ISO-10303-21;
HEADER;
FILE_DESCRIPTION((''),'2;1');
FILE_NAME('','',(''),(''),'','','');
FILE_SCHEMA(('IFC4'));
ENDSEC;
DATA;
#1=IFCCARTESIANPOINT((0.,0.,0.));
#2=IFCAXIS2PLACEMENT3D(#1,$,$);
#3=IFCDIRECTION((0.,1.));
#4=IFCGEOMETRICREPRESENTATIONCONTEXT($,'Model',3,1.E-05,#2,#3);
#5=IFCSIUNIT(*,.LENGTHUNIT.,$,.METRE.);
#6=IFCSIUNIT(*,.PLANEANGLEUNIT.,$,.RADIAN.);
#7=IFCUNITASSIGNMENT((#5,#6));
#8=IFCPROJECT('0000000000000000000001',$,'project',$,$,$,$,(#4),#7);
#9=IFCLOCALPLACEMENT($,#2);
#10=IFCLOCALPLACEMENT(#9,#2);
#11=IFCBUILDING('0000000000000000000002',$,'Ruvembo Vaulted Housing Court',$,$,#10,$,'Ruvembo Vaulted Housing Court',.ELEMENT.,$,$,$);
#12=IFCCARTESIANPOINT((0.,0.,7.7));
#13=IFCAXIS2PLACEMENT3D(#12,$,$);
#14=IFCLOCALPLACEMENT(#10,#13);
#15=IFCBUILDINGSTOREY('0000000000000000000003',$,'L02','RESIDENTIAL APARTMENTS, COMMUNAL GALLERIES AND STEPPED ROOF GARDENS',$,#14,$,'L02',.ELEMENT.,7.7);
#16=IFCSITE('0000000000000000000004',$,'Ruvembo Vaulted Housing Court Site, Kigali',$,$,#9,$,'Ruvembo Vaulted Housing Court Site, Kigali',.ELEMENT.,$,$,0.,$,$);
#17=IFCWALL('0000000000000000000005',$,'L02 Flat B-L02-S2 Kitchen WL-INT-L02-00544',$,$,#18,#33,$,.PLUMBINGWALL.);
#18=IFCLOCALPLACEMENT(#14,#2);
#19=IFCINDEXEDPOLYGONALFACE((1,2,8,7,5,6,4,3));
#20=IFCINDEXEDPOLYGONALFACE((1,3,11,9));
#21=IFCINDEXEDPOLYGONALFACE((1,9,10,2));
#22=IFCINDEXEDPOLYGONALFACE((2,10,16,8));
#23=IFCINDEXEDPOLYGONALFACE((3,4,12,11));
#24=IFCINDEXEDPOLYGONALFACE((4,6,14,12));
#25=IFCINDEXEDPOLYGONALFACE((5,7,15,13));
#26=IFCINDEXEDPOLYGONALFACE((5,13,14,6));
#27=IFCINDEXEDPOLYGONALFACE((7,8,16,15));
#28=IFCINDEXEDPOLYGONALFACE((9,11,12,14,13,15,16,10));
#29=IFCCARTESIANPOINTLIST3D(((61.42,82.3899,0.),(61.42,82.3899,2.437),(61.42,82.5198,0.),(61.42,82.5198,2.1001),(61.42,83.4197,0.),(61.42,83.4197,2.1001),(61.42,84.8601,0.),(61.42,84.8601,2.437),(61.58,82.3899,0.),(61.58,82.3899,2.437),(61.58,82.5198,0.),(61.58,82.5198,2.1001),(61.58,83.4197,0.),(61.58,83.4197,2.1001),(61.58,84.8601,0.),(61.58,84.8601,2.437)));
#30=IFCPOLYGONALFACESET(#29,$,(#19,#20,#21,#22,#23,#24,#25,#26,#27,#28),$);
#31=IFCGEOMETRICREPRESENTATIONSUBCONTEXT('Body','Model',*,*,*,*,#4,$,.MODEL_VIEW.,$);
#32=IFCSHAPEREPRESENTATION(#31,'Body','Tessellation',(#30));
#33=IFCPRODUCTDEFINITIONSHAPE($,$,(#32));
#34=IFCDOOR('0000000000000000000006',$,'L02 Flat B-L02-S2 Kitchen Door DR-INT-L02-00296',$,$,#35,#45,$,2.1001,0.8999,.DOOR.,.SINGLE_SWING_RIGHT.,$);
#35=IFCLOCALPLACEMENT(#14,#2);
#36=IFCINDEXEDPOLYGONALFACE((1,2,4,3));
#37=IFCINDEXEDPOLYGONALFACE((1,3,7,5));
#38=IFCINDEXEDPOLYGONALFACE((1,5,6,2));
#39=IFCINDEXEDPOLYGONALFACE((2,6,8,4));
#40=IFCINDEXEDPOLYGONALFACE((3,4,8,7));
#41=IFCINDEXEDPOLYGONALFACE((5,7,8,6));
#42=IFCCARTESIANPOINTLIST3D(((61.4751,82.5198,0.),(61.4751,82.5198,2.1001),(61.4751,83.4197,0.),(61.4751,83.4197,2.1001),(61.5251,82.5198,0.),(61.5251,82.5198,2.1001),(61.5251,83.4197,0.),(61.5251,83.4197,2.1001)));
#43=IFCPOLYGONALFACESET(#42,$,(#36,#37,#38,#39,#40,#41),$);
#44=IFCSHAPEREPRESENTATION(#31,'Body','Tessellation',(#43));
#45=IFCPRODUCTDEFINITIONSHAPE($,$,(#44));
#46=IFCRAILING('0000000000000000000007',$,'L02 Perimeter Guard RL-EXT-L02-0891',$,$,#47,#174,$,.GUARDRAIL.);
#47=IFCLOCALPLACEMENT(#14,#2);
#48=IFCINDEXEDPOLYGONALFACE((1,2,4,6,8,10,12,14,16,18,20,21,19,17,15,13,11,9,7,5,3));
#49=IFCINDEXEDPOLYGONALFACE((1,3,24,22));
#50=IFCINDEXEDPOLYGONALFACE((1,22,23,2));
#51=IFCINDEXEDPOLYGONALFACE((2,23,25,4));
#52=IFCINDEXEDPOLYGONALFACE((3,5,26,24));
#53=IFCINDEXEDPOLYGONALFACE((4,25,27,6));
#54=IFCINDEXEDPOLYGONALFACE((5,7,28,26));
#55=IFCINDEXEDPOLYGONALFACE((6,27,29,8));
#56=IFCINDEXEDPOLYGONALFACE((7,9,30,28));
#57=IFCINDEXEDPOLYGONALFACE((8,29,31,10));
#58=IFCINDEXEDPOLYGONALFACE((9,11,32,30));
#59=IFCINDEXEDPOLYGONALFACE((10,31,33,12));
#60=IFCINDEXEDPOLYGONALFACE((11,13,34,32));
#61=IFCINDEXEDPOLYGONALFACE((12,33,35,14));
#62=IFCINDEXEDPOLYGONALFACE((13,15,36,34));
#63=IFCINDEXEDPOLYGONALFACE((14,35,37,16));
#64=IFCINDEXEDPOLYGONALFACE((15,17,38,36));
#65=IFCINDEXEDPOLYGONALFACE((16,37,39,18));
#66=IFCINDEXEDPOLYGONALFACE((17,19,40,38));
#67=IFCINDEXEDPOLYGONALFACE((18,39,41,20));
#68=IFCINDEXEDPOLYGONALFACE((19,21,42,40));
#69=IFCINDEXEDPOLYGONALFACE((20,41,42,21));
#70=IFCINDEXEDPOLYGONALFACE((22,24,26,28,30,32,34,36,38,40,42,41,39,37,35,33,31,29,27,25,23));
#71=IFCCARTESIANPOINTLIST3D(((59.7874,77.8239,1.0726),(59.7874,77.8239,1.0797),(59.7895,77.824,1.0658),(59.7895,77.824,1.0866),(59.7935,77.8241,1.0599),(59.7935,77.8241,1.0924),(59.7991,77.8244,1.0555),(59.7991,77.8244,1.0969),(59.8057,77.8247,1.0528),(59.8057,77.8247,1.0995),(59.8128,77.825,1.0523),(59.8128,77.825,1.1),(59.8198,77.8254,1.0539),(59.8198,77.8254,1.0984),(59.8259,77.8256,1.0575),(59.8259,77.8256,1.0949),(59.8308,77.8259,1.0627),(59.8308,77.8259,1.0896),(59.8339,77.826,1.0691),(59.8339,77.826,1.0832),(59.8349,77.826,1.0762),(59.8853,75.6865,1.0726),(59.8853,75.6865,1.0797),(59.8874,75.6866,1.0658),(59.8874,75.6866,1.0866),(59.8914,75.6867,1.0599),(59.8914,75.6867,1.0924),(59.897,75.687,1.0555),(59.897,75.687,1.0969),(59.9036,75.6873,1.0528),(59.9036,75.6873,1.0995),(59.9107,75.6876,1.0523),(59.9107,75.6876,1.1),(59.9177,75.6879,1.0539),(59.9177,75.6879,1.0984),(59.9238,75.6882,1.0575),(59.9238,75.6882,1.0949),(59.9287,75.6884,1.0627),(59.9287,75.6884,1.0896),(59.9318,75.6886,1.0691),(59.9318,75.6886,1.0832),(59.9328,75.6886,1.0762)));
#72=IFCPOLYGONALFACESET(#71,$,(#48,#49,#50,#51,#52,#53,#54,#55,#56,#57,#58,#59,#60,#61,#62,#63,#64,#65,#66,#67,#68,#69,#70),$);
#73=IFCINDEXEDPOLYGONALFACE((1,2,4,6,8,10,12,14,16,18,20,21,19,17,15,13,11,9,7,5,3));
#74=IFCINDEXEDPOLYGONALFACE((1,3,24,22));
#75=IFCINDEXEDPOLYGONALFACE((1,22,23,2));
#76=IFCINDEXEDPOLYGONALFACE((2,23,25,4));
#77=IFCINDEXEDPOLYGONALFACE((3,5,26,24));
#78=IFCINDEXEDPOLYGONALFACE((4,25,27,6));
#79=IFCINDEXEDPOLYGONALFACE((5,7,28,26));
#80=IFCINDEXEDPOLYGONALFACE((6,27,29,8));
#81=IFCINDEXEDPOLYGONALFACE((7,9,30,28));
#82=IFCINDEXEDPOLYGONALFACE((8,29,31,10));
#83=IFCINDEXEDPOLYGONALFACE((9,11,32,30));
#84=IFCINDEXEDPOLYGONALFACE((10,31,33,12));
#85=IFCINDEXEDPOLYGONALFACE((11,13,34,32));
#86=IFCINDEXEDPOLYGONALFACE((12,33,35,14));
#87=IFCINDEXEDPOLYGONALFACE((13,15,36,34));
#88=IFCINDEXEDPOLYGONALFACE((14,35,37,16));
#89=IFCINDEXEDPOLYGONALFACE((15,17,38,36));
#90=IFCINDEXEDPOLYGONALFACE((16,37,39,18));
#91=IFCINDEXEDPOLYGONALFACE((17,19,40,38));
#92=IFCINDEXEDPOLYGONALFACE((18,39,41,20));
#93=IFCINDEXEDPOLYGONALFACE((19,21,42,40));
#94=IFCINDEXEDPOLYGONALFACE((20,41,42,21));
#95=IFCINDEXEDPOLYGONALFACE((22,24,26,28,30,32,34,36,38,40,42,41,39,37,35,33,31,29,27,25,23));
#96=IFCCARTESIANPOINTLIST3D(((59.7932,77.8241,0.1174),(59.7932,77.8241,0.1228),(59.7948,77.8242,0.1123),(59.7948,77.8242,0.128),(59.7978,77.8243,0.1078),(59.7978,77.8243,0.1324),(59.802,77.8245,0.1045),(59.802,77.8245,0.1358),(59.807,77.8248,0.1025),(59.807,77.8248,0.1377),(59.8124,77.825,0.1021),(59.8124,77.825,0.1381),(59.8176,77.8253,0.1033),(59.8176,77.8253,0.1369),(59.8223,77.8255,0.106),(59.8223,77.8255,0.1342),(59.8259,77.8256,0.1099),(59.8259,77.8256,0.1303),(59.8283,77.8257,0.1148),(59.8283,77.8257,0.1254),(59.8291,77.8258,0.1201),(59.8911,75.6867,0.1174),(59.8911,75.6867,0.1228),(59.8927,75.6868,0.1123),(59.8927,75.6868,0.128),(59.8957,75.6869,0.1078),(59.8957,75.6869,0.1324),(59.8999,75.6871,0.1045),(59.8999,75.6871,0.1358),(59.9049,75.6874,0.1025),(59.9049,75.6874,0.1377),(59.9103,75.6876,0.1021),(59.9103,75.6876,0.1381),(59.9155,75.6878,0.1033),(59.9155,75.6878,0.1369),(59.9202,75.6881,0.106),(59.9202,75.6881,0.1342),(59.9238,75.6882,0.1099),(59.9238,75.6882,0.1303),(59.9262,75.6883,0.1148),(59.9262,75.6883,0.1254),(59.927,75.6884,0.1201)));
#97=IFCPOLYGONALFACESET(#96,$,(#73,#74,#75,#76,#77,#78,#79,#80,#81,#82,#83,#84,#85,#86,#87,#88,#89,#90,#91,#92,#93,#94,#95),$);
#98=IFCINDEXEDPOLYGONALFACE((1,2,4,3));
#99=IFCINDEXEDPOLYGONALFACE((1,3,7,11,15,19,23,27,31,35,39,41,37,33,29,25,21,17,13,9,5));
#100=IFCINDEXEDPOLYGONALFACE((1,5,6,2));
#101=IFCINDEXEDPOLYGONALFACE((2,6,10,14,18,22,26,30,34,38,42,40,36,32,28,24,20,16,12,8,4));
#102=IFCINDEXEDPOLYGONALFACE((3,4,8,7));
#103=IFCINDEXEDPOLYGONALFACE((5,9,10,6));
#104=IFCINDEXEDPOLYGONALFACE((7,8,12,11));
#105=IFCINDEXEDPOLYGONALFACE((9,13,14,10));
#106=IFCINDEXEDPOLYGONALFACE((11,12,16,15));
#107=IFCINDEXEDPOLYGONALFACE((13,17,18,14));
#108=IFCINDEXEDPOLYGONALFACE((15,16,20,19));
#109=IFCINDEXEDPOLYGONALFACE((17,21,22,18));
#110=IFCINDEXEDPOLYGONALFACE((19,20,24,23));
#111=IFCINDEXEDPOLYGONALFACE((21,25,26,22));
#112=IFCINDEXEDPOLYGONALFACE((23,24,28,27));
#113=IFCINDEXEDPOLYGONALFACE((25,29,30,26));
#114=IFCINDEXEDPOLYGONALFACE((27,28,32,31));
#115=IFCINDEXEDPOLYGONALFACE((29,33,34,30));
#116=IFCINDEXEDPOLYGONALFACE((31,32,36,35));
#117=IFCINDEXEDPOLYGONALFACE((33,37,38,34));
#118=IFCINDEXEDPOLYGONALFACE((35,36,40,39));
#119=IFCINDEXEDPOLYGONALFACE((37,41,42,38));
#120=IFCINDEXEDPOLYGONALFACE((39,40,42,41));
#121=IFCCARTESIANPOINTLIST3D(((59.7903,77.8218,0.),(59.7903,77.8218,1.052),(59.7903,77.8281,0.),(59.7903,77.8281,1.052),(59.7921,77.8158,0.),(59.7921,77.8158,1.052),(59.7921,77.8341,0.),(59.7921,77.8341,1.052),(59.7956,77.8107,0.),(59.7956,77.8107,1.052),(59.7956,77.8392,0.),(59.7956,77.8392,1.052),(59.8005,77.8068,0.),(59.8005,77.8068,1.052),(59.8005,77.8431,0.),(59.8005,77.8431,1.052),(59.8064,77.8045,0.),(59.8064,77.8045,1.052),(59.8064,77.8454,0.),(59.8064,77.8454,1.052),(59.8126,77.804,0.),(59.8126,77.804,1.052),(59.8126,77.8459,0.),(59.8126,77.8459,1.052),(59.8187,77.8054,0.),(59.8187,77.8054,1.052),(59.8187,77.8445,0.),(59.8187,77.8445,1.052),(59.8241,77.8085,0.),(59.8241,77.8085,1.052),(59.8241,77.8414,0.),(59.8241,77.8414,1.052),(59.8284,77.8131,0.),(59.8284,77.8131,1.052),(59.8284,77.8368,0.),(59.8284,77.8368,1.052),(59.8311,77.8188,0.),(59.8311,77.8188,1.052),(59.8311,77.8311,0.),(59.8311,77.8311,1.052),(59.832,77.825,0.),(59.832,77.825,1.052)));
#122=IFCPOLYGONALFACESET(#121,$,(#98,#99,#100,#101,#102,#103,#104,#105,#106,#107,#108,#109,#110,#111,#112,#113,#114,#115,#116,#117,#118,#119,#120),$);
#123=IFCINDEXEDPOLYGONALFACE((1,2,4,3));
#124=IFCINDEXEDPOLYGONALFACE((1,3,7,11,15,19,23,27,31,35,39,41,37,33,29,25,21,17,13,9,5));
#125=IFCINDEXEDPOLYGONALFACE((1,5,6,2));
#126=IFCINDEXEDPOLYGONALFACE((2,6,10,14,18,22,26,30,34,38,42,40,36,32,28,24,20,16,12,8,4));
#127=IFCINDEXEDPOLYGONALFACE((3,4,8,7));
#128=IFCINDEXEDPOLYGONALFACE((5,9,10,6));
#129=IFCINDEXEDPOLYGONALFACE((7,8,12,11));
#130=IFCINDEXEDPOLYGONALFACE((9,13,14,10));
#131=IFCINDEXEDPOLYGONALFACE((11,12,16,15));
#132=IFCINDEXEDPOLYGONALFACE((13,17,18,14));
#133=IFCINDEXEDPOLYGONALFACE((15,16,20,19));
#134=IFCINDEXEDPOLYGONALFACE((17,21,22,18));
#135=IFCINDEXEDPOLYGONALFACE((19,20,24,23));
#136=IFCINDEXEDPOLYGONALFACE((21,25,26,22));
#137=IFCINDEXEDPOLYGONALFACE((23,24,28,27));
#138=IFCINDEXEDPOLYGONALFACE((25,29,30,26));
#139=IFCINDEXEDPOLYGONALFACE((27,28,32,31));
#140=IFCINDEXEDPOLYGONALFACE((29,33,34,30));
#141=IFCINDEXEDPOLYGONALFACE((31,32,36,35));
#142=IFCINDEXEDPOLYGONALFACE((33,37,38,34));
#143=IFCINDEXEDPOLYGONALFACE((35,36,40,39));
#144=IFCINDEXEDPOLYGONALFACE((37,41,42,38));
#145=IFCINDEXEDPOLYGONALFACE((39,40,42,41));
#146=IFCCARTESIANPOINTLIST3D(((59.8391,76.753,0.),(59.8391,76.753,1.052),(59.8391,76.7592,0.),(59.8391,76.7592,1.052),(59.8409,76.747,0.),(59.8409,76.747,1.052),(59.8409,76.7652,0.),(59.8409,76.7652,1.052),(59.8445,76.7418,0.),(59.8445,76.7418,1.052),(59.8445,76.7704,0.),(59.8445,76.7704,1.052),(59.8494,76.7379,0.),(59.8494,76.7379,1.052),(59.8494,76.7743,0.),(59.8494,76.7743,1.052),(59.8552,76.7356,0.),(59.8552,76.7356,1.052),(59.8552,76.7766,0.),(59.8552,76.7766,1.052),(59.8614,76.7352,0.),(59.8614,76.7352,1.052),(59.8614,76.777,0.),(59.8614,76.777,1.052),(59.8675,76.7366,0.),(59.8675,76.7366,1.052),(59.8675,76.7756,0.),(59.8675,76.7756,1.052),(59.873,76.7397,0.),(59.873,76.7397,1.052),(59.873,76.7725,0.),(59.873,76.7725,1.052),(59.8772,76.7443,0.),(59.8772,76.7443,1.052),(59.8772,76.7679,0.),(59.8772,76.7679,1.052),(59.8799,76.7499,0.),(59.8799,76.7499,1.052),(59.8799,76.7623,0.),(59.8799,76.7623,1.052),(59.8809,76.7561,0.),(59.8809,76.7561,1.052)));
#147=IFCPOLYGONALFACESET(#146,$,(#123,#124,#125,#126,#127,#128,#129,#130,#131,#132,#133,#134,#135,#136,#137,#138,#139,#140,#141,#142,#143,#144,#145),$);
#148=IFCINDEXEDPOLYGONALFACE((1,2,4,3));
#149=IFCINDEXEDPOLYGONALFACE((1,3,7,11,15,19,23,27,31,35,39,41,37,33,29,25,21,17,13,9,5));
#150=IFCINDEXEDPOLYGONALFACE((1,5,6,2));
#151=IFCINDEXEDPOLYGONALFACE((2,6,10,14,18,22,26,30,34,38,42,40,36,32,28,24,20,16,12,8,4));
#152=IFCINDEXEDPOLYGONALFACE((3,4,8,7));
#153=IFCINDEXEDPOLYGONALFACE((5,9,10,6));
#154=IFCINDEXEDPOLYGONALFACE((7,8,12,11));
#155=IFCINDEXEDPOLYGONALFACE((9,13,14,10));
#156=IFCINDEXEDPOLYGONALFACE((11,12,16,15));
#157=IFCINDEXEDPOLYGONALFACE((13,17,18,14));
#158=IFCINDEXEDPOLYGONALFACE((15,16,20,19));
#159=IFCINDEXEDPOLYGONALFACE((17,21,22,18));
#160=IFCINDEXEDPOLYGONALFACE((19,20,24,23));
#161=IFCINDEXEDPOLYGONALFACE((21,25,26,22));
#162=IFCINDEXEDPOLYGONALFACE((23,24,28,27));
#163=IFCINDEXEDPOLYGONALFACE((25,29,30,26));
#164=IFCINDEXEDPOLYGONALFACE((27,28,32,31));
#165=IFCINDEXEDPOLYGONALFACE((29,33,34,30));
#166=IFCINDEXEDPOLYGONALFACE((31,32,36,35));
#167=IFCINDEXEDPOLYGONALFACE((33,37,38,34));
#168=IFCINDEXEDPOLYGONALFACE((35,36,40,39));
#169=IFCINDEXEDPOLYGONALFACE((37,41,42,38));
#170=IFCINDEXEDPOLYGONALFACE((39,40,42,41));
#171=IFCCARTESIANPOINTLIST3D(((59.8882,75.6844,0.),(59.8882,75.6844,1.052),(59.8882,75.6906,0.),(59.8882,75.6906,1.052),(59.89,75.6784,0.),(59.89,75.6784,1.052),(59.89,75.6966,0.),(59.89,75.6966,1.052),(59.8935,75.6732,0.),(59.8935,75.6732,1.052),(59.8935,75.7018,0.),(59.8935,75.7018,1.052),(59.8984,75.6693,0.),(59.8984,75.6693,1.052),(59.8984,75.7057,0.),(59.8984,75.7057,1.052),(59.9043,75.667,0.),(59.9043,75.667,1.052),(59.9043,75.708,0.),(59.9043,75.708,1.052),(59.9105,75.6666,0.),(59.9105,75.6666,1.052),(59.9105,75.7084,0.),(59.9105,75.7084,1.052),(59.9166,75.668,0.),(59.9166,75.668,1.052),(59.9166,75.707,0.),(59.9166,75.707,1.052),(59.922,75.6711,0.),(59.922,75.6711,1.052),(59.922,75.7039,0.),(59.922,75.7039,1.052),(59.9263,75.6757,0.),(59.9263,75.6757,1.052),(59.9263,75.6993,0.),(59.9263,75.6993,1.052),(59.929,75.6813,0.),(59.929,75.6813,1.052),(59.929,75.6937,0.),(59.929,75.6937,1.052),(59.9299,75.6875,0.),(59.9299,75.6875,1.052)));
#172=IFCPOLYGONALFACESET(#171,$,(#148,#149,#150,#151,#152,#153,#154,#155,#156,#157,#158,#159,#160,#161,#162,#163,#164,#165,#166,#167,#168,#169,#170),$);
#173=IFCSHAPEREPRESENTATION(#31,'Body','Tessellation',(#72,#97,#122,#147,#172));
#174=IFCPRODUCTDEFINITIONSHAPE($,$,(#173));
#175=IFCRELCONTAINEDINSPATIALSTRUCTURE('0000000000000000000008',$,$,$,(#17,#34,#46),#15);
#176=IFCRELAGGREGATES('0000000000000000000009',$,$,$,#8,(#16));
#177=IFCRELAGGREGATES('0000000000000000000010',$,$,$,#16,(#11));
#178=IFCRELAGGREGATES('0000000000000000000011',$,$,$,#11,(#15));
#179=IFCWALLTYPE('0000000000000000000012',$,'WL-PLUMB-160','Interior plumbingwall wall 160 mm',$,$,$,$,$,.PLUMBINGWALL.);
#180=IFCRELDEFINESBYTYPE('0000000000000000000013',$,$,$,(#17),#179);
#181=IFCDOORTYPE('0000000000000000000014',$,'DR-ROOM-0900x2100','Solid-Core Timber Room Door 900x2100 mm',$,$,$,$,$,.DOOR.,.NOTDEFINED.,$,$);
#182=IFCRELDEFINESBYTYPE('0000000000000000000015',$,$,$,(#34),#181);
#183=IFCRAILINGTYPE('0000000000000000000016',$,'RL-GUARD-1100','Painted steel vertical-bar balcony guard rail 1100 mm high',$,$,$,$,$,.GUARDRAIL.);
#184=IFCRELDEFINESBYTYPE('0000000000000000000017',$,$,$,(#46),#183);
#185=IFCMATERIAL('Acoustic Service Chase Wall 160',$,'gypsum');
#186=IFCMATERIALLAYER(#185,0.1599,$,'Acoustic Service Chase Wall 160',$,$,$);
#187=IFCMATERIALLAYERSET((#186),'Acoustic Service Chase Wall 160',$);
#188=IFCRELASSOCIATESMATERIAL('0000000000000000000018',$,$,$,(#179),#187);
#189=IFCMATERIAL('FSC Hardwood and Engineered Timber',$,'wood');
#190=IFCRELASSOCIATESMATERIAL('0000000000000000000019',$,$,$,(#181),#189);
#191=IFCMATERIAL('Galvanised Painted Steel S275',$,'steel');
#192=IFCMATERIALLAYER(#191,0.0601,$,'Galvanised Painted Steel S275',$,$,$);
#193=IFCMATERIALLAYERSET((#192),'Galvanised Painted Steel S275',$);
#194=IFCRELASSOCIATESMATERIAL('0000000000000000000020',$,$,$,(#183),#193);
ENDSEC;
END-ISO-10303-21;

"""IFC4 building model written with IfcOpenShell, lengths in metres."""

from ifc_helpers import new_model, si_unit, direction, frame, frame_2d, origin, origin_2d, place, context, subcontext, project, spatial, rectangle, circle, extrude, material, layer, layer_set, type_object, element, fill, save


model = new_model("IFC4")

# Units and contexts
model_context = context("Model", 3, precision=1e-05, world=origin(), true_north=direction((0.0, 1.0)))
body_context = subcontext(model_context, "Body", "Model", "MODEL_VIEW")
ifc_project = project(units=[si_unit("LENGTHUNIT", "METRE"), si_unit("PLANEANGLEUNIT", "RADIAN")], contexts=[model_context])

# Site, building, storey
site_placement = place(None, origin())
site = spatial("IfcSite", under=ifc_project, at=site_placement, Name="Ruvembo Vaulted Housing Court Site, Kigali", LongName="Ruvembo Vaulted Housing Court Site, Kigali", CompositionType="ELEMENT", RefElevation=0.0)
building_placement = place(site_placement, origin())
building = spatial("IfcBuilding", under=site, at=building_placement, Name="Ruvembo Vaulted Housing Court", LongName="Ruvembo Vaulted Housing Court", CompositionType="ELEMENT")
storey_placement = place(building_placement, frame((0.0, 0.0, 7.7)))
storey = spatial("IfcBuildingStorey", under=building, at=storey_placement, Name="L02", Description="RESIDENTIAL APARTMENTS, COMMUNAL GALLERIES AND STEPPED ROOF GARDENS", LongName="L02", CompositionType="ELEMENT", Elevation=7.7)

# Shared definitions
ifc_material_1 = material(Name="FSC Hardwood and Engineered Timber", Category="wood")

# Wall, opening, door
ifc_material_2 = material(Name="Acoustic Service Chase Wall 160", Category="gypsum")
ifc_layer_1 = layer(ifc_material_2, 0.1599, Name="Acoustic Service Chase Wall 160")
ifc_layer_set_1 = layer_set([ifc_layer_1], Name="Acoustic Service Chase Wall 160")
wall_type_1 = type_object("IfcWallType", Name="WL-PLUMB-160", Description="Interior plumbingwall wall 160 mm", PredefinedType="PLUMBINGWALL", material=ifc_layer_set_1)
wall_1_placement = place(storey_placement, frame((61.5, 82.3899, 0.0), z_axis=(0.0, 0.0, 1.0), x_axis=(0.0, 1.0, 0.0)))
wall_1 = element("IfcWall", 1, at=wall_1_placement, inside=storey, type_object=wall_type_1, Name="L02 Flat B-L02-S2 Kitchen WL-INT-L02-00544", PredefinedType="PLUMBINGWALL", context=body_context, shape_type="SweptSolid", body=[
    extrude(rectangle(XDim=2.4702, YDim=0.1599, at=frame_2d((1.2351, 0.0))), origin(), (0.0, 0.0, 1.0), 2.437),
])
opening_1_placement = place(wall_1_placement, frame((0.1299, 0.0, 0.0)))
opening_1 = element("IfcOpeningElement", 2, at=opening_1_placement, cuts=wall_1, PredefinedType="OPENING", context=body_context, shape_type="SweptSolid", body=[
    extrude(rectangle(XDim=0.8999, YDim=2.1001, at=frame_2d((0.45, 1.05))), frame((0.0, 0.0898, 0.0), z_axis=(0.0, -1.0, 0.0), x_axis=(1.0, 0.0, 0.0)), (0.0, 0.0, 1.0), 0.1799),
])
door_type_1 = type_object("IfcDoorType", Name="DR-ROOM-0900x2100", Description="Solid-Core Timber Room Door 900x2100 mm", OperationType="NOTDEFINED", PredefinedType="DOOR", material=ifc_material_1)
door_1_placement = place(opening_1_placement, origin())
door_1 = element("IfcDoor", 3, at=door_1_placement, inside=storey, type_object=door_type_1, Name="L02 Flat B-L02-S2 Kitchen Door DR-INT-L02-00296", OperationType="SINGLE_SWING_RIGHT", OverallHeight=2.1001, OverallWidth=0.8999, PredefinedType="DOOR", context=body_context, shape_type="SweptSolid", body=[
    extrude(rectangle(XDim=0.8999, YDim=2.1001, at=frame_2d((0.45, 1.05))), frame((0.0, 0.0249, 0.0), z_axis=(0.0, -1.0, 0.0), x_axis=(1.0, 0.0, 0.0)), (0.0, 0.0, 1.0), 0.05),
])
fill(opening_1, door_1)

# Railing
ifc_material_3 = material(Name="Galvanised Painted Steel S275", Category="steel")
ifc_layer_2 = layer(ifc_material_3, 0.0601, Name="Galvanised Painted Steel S275")
ifc_layer_set_2 = layer_set([ifc_layer_2], Name="Galvanised Painted Steel S275")
railing_type = type_object("IfcRailingType", Name="RL-GUARD-1100", Description="Painted steel vertical-bar balcony guard rail 1100 mm high", PredefinedType="GUARDRAIL", material=ifc_layer_set_2)
railing_placement = place(storey_placement, frame((59.811, 77.825, 0.0)))
element("IfcRailing", 4, at=railing_placement, inside=storey, type_object=railing_type, Name="L02 Perimeter Guard RL-EXT-L02-0891", PredefinedType="GUARDRAIL", context=body_context, shape_type="SweptSolid", body=[
    extrude(circle(Radius=0.0239, at=origin_2d()), frame((0.0, 0.0, 1.0762), z_axis=(0.045754, -0.998953, 0.0), x_axis=(0.998953, 0.045754, 0.0)), (0.0, 0.0, 1.0), 2.1396),
    extrude(circle(Radius=0.0181, at=origin_2d()), frame((0.0, 0.0, 0.1201), z_axis=(0.045754, -0.998953, 0.0), x_axis=(0.998953, 0.045754, 0.0)), (0.0, 0.0, 1.0), 2.1396),
    extrude(circle(Radius=0.021, at=origin_2d()), origin(), (0.0, 0.0, 1.0), 1.052),
    extrude(circle(Radius=0.021, at=origin_2d()), frame((0.0488, -1.0688, 0.0)), (0.0, 0.0, 1.0), 1.052),
    extrude(circle(Radius=0.021, at=origin_2d()), frame((0.0979, -2.1375, 0.0)), (0.0, 0.0, 1.0), 1.052),
])

save(model, "model.ifc")
